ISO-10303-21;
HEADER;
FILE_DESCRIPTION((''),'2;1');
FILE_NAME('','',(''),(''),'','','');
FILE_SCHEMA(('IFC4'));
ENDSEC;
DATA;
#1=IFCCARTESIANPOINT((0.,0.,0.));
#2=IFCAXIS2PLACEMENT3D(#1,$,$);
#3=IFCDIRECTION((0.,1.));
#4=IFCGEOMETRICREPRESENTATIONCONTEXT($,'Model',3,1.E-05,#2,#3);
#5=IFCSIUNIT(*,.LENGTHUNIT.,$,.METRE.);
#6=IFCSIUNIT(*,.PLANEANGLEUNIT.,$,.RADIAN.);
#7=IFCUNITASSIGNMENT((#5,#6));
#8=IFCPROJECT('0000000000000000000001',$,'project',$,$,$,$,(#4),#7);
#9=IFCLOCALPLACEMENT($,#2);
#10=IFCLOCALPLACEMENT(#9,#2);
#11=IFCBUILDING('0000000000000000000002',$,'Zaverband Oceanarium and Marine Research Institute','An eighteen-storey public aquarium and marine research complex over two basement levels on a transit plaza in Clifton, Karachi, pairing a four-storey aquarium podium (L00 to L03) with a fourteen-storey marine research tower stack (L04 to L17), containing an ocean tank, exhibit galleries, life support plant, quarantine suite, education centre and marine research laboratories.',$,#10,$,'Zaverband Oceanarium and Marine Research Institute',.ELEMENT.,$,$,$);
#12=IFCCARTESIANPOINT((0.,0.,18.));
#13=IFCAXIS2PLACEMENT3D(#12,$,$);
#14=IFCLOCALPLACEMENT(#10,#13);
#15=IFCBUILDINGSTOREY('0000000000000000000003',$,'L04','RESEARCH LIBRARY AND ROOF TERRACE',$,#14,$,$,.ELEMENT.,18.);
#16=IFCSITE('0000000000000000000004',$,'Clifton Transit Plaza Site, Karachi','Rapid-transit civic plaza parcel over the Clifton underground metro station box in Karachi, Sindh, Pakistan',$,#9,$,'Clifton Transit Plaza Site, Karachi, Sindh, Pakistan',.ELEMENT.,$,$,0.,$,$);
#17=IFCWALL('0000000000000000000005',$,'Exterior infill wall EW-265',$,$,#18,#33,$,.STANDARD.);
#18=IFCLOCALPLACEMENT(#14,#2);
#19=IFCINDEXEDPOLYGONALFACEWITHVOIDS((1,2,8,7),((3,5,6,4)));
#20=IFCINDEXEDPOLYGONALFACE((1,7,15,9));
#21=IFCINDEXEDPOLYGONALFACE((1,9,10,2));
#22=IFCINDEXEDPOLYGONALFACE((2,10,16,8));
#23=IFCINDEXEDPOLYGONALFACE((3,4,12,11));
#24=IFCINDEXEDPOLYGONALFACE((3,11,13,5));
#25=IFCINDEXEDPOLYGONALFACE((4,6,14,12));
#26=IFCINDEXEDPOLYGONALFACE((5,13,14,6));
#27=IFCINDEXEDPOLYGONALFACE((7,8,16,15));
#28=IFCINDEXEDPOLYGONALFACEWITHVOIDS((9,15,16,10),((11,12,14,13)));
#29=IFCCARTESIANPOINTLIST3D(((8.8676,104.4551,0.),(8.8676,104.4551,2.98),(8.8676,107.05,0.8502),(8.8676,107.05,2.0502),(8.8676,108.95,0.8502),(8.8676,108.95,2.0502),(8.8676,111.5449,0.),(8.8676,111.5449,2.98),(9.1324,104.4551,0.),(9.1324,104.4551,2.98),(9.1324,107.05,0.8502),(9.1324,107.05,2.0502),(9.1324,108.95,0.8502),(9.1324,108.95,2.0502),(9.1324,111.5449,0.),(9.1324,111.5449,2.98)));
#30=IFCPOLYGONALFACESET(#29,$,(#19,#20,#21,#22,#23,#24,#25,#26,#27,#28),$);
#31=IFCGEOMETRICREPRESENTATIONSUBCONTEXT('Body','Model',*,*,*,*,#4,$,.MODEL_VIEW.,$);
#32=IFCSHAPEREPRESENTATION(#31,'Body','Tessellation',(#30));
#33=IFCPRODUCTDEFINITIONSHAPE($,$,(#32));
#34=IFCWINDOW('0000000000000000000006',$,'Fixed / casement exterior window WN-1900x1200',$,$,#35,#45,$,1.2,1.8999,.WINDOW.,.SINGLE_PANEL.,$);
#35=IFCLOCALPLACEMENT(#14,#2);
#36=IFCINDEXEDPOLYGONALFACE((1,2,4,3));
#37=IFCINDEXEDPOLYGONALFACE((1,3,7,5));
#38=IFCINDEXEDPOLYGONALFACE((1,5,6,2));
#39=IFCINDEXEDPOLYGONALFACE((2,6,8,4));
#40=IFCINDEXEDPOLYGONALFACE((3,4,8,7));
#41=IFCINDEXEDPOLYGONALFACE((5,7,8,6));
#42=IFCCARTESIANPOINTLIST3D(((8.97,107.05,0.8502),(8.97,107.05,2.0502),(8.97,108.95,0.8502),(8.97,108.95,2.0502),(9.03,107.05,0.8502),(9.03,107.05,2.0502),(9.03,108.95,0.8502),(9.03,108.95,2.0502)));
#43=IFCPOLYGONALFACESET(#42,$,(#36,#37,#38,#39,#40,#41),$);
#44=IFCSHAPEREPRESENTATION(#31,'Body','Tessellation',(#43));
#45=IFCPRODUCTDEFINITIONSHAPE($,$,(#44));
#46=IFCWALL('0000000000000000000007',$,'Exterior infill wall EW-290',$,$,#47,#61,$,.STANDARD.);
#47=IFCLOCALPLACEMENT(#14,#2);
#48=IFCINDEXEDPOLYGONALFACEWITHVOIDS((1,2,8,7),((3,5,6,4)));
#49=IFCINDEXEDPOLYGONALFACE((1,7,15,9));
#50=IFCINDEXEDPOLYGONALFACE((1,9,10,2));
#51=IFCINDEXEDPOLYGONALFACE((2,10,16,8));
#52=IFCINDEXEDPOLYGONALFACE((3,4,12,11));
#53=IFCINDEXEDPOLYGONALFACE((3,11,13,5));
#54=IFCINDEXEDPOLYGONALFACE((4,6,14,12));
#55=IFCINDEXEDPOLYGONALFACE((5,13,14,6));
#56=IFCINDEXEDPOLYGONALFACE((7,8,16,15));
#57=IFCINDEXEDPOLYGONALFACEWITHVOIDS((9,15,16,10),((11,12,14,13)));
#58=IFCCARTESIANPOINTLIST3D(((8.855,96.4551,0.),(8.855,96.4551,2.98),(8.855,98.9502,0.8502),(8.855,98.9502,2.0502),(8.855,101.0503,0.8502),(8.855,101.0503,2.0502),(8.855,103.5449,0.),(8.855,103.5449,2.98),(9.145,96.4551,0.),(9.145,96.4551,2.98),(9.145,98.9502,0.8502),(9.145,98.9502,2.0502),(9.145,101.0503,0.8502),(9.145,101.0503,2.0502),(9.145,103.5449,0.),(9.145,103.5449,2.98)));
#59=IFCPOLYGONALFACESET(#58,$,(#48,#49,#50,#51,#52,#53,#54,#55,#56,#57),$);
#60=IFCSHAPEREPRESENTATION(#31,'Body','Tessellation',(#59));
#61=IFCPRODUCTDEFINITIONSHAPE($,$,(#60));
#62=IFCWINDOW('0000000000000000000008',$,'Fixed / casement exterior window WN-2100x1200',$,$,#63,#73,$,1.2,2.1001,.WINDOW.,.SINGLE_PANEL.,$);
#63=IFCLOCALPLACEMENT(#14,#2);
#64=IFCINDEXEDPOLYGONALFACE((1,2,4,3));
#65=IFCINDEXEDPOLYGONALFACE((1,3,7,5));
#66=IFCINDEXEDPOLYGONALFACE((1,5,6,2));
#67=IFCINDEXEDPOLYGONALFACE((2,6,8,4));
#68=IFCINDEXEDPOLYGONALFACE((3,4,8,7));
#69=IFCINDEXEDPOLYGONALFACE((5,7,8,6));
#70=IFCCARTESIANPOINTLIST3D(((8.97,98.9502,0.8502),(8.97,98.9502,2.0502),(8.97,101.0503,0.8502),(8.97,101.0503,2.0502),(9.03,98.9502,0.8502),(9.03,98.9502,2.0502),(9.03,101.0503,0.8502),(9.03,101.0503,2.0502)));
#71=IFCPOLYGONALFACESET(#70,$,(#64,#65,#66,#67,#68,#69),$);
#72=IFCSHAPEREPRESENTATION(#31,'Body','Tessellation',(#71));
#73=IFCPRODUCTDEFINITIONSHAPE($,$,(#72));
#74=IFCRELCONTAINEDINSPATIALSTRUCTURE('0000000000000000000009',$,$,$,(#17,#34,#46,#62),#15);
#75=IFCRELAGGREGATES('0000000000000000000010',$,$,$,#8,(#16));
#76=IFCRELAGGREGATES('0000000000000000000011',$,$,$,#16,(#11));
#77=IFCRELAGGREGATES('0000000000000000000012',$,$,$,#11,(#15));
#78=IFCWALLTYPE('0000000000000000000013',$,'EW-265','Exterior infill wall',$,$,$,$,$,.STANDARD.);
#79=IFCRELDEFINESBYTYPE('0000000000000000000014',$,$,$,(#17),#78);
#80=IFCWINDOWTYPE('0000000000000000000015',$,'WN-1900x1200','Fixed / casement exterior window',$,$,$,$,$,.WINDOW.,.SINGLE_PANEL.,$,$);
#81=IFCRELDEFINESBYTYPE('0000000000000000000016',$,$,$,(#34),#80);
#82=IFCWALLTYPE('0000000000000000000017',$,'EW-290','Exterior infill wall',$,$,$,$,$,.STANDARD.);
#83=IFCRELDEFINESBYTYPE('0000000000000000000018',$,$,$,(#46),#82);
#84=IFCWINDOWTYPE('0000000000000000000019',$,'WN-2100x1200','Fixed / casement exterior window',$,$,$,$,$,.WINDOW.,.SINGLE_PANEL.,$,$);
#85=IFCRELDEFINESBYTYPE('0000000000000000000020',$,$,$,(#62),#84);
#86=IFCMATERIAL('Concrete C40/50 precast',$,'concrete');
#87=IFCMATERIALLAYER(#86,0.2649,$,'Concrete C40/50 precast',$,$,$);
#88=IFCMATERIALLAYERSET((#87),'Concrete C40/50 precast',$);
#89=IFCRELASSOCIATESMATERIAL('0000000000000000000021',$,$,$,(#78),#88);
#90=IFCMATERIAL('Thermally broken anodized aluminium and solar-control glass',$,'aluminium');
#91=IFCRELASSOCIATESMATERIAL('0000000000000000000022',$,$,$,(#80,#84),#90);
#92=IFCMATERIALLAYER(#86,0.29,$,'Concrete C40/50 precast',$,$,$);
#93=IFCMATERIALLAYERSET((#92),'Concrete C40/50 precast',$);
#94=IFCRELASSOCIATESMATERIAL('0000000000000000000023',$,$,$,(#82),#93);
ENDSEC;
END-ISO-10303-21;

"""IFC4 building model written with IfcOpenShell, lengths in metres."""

from ifc_helpers import new_model, si_unit, direction, frame, frame_2d, origin, place, context, subcontext, project, spatial, rectangle, extrude, material, layer, layer_set, type_object, element, fill, save


model = new_model("IFC4")

# Units and contexts
model_context = context("Model", 3, precision=1e-05, world=origin(), true_north=direction((0.0, 1.0)))
body_context = subcontext(model_context, "Body", "Model", "MODEL_VIEW")
ifc_project = project(units=[si_unit("LENGTHUNIT", "METRE"), si_unit("PLANEANGLEUNIT", "RADIAN")], contexts=[model_context])

# Site, building, storey
site_placement = place(None, origin())
site = spatial("IfcSite", under=ifc_project, at=site_placement, Name="Clifton Transit Plaza Site, Karachi", Description="Rapid-transit civic plaza parcel over the Clifton underground metro station box in Karachi, Sindh, Pakistan", LongName="Clifton Transit Plaza Site, Karachi, Sindh, Pakistan", CompositionType="ELEMENT", RefElevation=0.0)
building_placement = place(site_placement, origin())
building = spatial("IfcBuilding", under=site, at=building_placement, Name="Zaverband Oceanarium and Marine Research Institute", Description="An eighteen-storey public aquarium and marine research complex over two basement levels on a transit plaza in Clifton, Karachi, pairing a four-storey aquarium podium (L00 to L03) with a fourteen-storey marine research tower stack (L04 to L17), containing an ocean tank, exhibit galleries, life support plant, quarantine suite, education centre and marine research laboratories.", LongName="Zaverband Oceanarium and Marine Research Institute", CompositionType="ELEMENT")
storey_placement = place(building_placement, frame((0.0, 0.0, 18.0)))
storey = spatial("IfcBuildingStorey", under=building, at=storey_placement, Name="L04", Description="RESEARCH LIBRARY AND ROOF TERRACE", CompositionType="ELEMENT", Elevation=18.0)

# Walls, openings, windows
ifc_material_1 = material(Name="Concrete C40/50 precast", Category="concrete")
ifc_layer_1 = layer(ifc_material_1, 0.2649, Name="Concrete C40/50 precast")
ifc_layer_set_1 = layer_set([ifc_layer_1], Name="Concrete C40/50 precast")
wall_type_1 = type_object("IfcWallType", Name="EW-265", Description="Exterior infill wall", PredefinedType="STANDARD", material=ifc_layer_set_1)
wall_1_placement = place(storey_placement, frame((9.0, 104.4551, 0.0), z_axis=(0.0, 0.0, 1.0), x_axis=(0.0, 1.0, 0.0)))
wall_1 = element("IfcWall", 1, at=wall_1_placement, inside=storey, type_object=wall_type_1, Name="Exterior infill wall EW-265", PredefinedType="STANDARD", context=body_context, shape_type="SweptSolid", body=[
    extrude(rectangle(XDim=7.0898, YDim=0.2649, at=frame_2d((3.5449, 0.0))), origin(), (0.0, 0.0, 1.0), 2.98),
])
opening_1_placement = place(wall_1_placement, frame((2.595, 0.0, 0.8501)))
opening_1 = element("IfcOpeningElement", 2, at=opening_1_placement, cuts=wall_1, PredefinedType="OPENING", context=body_context, shape_type="SweptSolid", body=[
    extrude(rectangle(XDim=1.8999, YDim=1.2, at=frame_2d((0.95, 0.6001))), frame((0.0, 0.1445, 0.0), z_axis=(0.0, -1.0, 0.0), x_axis=(1.0, 0.0, 0.0)), (0.0, 0.0, 1.0), 0.2888),
])
ifc_material_2 = material(Name="Thermally broken anodized aluminium and solar-control glass", Category="aluminium")
window_type_1 = type_object("IfcWindowType", Name="WN-1900x1200", Description="Fixed / casement exterior window", PartitioningType="SINGLE_PANEL", PredefinedType="WINDOW", material=ifc_material_2)
window_1_placement = place(opening_1_placement, origin())
window_1 = element("IfcWindow", 3, at=window_1_placement, inside=storey, type_object=window_type_1, Name="Fixed / casement exterior window WN-1900x1200", OverallHeight=1.2, OverallWidth=1.8999, PartitioningType="SINGLE_PANEL", PredefinedType="WINDOW", context=body_context, shape_type="SweptSolid", body=[
    extrude(rectangle(XDim=1.8999, YDim=1.2, at=frame_2d((0.95, 0.6001))), frame((0.0, 0.03, 0.0), z_axis=(0.0, -1.0, 0.0), x_axis=(1.0, 0.0, 0.0)), (0.0, 0.0, 1.0), 0.0601),
])
fill(opening_1, window_1)
ifc_layer_2 = layer(ifc_material_1, 0.29, Name="Concrete C40/50 precast")
ifc_layer_set_2 = layer_set([ifc_layer_2], Name="Concrete C40/50 precast")
wall_type_2 = type_object("IfcWallType", Name="EW-290", Description="Exterior infill wall", PredefinedType="STANDARD", material=ifc_layer_set_2)
wall_2_placement = place(storey_placement, frame((9.0, 96.4551, 0.0), z_axis=(0.0, 0.0, 1.0), x_axis=(0.0, 1.0, 0.0)))
wall_2 = element("IfcWall", 4, at=wall_2_placement, inside=storey, type_object=wall_type_2, Name="Exterior infill wall EW-290", PredefinedType="STANDARD", context=body_context, shape_type="SweptSolid", body=[
    extrude(rectangle(XDim=7.0898, YDim=0.29, at=frame_2d((3.5449, 0.0))), origin(), (0.0, 0.0, 1.0), 2.98),
])
opening_2_placement = place(wall_2_placement, frame((2.4951, 0.0, 0.8501)))
opening_2 = element("IfcOpeningElement", 5, at=opening_2_placement, cuts=wall_2, PredefinedType="OPENING", context=body_context, shape_type="SweptSolid", body=[
    extrude(rectangle(XDim=2.1001, YDim=1.2, at=frame_2d((1.05, 0.6001))), frame((0.0, 0.157, 0.0), z_axis=(0.0, -1.0, 0.0), x_axis=(1.0, 0.0, 0.0)), (0.0, 0.0, 1.0), 0.314),
])
window_type_2 = type_object("IfcWindowType", Name="WN-2100x1200", Description="Fixed / casement exterior window", PartitioningType="SINGLE_PANEL", PredefinedType="WINDOW", material=ifc_material_2)
window_2_placement = place(opening_2_placement, origin())
window_2 = element("IfcWindow", 6, at=window_2_placement, inside=storey, type_object=window_type_2, Name="Fixed / casement exterior window WN-2100x1200", OverallHeight=1.2, OverallWidth=2.1001, PartitioningType="SINGLE_PANEL", PredefinedType="WINDOW", context=body_context, shape_type="SweptSolid", body=[
    extrude(rectangle(XDim=2.1001, YDim=1.2, at=frame_2d((1.05, 0.6001))), frame((0.0, 0.03, 0.0), z_axis=(0.0, -1.0, 0.0), x_axis=(1.0, 0.0, 0.0)), (0.0, 0.0, 1.0), 0.0601),
])
fill(opening_2, window_2)

save(model, "model.ifc")
